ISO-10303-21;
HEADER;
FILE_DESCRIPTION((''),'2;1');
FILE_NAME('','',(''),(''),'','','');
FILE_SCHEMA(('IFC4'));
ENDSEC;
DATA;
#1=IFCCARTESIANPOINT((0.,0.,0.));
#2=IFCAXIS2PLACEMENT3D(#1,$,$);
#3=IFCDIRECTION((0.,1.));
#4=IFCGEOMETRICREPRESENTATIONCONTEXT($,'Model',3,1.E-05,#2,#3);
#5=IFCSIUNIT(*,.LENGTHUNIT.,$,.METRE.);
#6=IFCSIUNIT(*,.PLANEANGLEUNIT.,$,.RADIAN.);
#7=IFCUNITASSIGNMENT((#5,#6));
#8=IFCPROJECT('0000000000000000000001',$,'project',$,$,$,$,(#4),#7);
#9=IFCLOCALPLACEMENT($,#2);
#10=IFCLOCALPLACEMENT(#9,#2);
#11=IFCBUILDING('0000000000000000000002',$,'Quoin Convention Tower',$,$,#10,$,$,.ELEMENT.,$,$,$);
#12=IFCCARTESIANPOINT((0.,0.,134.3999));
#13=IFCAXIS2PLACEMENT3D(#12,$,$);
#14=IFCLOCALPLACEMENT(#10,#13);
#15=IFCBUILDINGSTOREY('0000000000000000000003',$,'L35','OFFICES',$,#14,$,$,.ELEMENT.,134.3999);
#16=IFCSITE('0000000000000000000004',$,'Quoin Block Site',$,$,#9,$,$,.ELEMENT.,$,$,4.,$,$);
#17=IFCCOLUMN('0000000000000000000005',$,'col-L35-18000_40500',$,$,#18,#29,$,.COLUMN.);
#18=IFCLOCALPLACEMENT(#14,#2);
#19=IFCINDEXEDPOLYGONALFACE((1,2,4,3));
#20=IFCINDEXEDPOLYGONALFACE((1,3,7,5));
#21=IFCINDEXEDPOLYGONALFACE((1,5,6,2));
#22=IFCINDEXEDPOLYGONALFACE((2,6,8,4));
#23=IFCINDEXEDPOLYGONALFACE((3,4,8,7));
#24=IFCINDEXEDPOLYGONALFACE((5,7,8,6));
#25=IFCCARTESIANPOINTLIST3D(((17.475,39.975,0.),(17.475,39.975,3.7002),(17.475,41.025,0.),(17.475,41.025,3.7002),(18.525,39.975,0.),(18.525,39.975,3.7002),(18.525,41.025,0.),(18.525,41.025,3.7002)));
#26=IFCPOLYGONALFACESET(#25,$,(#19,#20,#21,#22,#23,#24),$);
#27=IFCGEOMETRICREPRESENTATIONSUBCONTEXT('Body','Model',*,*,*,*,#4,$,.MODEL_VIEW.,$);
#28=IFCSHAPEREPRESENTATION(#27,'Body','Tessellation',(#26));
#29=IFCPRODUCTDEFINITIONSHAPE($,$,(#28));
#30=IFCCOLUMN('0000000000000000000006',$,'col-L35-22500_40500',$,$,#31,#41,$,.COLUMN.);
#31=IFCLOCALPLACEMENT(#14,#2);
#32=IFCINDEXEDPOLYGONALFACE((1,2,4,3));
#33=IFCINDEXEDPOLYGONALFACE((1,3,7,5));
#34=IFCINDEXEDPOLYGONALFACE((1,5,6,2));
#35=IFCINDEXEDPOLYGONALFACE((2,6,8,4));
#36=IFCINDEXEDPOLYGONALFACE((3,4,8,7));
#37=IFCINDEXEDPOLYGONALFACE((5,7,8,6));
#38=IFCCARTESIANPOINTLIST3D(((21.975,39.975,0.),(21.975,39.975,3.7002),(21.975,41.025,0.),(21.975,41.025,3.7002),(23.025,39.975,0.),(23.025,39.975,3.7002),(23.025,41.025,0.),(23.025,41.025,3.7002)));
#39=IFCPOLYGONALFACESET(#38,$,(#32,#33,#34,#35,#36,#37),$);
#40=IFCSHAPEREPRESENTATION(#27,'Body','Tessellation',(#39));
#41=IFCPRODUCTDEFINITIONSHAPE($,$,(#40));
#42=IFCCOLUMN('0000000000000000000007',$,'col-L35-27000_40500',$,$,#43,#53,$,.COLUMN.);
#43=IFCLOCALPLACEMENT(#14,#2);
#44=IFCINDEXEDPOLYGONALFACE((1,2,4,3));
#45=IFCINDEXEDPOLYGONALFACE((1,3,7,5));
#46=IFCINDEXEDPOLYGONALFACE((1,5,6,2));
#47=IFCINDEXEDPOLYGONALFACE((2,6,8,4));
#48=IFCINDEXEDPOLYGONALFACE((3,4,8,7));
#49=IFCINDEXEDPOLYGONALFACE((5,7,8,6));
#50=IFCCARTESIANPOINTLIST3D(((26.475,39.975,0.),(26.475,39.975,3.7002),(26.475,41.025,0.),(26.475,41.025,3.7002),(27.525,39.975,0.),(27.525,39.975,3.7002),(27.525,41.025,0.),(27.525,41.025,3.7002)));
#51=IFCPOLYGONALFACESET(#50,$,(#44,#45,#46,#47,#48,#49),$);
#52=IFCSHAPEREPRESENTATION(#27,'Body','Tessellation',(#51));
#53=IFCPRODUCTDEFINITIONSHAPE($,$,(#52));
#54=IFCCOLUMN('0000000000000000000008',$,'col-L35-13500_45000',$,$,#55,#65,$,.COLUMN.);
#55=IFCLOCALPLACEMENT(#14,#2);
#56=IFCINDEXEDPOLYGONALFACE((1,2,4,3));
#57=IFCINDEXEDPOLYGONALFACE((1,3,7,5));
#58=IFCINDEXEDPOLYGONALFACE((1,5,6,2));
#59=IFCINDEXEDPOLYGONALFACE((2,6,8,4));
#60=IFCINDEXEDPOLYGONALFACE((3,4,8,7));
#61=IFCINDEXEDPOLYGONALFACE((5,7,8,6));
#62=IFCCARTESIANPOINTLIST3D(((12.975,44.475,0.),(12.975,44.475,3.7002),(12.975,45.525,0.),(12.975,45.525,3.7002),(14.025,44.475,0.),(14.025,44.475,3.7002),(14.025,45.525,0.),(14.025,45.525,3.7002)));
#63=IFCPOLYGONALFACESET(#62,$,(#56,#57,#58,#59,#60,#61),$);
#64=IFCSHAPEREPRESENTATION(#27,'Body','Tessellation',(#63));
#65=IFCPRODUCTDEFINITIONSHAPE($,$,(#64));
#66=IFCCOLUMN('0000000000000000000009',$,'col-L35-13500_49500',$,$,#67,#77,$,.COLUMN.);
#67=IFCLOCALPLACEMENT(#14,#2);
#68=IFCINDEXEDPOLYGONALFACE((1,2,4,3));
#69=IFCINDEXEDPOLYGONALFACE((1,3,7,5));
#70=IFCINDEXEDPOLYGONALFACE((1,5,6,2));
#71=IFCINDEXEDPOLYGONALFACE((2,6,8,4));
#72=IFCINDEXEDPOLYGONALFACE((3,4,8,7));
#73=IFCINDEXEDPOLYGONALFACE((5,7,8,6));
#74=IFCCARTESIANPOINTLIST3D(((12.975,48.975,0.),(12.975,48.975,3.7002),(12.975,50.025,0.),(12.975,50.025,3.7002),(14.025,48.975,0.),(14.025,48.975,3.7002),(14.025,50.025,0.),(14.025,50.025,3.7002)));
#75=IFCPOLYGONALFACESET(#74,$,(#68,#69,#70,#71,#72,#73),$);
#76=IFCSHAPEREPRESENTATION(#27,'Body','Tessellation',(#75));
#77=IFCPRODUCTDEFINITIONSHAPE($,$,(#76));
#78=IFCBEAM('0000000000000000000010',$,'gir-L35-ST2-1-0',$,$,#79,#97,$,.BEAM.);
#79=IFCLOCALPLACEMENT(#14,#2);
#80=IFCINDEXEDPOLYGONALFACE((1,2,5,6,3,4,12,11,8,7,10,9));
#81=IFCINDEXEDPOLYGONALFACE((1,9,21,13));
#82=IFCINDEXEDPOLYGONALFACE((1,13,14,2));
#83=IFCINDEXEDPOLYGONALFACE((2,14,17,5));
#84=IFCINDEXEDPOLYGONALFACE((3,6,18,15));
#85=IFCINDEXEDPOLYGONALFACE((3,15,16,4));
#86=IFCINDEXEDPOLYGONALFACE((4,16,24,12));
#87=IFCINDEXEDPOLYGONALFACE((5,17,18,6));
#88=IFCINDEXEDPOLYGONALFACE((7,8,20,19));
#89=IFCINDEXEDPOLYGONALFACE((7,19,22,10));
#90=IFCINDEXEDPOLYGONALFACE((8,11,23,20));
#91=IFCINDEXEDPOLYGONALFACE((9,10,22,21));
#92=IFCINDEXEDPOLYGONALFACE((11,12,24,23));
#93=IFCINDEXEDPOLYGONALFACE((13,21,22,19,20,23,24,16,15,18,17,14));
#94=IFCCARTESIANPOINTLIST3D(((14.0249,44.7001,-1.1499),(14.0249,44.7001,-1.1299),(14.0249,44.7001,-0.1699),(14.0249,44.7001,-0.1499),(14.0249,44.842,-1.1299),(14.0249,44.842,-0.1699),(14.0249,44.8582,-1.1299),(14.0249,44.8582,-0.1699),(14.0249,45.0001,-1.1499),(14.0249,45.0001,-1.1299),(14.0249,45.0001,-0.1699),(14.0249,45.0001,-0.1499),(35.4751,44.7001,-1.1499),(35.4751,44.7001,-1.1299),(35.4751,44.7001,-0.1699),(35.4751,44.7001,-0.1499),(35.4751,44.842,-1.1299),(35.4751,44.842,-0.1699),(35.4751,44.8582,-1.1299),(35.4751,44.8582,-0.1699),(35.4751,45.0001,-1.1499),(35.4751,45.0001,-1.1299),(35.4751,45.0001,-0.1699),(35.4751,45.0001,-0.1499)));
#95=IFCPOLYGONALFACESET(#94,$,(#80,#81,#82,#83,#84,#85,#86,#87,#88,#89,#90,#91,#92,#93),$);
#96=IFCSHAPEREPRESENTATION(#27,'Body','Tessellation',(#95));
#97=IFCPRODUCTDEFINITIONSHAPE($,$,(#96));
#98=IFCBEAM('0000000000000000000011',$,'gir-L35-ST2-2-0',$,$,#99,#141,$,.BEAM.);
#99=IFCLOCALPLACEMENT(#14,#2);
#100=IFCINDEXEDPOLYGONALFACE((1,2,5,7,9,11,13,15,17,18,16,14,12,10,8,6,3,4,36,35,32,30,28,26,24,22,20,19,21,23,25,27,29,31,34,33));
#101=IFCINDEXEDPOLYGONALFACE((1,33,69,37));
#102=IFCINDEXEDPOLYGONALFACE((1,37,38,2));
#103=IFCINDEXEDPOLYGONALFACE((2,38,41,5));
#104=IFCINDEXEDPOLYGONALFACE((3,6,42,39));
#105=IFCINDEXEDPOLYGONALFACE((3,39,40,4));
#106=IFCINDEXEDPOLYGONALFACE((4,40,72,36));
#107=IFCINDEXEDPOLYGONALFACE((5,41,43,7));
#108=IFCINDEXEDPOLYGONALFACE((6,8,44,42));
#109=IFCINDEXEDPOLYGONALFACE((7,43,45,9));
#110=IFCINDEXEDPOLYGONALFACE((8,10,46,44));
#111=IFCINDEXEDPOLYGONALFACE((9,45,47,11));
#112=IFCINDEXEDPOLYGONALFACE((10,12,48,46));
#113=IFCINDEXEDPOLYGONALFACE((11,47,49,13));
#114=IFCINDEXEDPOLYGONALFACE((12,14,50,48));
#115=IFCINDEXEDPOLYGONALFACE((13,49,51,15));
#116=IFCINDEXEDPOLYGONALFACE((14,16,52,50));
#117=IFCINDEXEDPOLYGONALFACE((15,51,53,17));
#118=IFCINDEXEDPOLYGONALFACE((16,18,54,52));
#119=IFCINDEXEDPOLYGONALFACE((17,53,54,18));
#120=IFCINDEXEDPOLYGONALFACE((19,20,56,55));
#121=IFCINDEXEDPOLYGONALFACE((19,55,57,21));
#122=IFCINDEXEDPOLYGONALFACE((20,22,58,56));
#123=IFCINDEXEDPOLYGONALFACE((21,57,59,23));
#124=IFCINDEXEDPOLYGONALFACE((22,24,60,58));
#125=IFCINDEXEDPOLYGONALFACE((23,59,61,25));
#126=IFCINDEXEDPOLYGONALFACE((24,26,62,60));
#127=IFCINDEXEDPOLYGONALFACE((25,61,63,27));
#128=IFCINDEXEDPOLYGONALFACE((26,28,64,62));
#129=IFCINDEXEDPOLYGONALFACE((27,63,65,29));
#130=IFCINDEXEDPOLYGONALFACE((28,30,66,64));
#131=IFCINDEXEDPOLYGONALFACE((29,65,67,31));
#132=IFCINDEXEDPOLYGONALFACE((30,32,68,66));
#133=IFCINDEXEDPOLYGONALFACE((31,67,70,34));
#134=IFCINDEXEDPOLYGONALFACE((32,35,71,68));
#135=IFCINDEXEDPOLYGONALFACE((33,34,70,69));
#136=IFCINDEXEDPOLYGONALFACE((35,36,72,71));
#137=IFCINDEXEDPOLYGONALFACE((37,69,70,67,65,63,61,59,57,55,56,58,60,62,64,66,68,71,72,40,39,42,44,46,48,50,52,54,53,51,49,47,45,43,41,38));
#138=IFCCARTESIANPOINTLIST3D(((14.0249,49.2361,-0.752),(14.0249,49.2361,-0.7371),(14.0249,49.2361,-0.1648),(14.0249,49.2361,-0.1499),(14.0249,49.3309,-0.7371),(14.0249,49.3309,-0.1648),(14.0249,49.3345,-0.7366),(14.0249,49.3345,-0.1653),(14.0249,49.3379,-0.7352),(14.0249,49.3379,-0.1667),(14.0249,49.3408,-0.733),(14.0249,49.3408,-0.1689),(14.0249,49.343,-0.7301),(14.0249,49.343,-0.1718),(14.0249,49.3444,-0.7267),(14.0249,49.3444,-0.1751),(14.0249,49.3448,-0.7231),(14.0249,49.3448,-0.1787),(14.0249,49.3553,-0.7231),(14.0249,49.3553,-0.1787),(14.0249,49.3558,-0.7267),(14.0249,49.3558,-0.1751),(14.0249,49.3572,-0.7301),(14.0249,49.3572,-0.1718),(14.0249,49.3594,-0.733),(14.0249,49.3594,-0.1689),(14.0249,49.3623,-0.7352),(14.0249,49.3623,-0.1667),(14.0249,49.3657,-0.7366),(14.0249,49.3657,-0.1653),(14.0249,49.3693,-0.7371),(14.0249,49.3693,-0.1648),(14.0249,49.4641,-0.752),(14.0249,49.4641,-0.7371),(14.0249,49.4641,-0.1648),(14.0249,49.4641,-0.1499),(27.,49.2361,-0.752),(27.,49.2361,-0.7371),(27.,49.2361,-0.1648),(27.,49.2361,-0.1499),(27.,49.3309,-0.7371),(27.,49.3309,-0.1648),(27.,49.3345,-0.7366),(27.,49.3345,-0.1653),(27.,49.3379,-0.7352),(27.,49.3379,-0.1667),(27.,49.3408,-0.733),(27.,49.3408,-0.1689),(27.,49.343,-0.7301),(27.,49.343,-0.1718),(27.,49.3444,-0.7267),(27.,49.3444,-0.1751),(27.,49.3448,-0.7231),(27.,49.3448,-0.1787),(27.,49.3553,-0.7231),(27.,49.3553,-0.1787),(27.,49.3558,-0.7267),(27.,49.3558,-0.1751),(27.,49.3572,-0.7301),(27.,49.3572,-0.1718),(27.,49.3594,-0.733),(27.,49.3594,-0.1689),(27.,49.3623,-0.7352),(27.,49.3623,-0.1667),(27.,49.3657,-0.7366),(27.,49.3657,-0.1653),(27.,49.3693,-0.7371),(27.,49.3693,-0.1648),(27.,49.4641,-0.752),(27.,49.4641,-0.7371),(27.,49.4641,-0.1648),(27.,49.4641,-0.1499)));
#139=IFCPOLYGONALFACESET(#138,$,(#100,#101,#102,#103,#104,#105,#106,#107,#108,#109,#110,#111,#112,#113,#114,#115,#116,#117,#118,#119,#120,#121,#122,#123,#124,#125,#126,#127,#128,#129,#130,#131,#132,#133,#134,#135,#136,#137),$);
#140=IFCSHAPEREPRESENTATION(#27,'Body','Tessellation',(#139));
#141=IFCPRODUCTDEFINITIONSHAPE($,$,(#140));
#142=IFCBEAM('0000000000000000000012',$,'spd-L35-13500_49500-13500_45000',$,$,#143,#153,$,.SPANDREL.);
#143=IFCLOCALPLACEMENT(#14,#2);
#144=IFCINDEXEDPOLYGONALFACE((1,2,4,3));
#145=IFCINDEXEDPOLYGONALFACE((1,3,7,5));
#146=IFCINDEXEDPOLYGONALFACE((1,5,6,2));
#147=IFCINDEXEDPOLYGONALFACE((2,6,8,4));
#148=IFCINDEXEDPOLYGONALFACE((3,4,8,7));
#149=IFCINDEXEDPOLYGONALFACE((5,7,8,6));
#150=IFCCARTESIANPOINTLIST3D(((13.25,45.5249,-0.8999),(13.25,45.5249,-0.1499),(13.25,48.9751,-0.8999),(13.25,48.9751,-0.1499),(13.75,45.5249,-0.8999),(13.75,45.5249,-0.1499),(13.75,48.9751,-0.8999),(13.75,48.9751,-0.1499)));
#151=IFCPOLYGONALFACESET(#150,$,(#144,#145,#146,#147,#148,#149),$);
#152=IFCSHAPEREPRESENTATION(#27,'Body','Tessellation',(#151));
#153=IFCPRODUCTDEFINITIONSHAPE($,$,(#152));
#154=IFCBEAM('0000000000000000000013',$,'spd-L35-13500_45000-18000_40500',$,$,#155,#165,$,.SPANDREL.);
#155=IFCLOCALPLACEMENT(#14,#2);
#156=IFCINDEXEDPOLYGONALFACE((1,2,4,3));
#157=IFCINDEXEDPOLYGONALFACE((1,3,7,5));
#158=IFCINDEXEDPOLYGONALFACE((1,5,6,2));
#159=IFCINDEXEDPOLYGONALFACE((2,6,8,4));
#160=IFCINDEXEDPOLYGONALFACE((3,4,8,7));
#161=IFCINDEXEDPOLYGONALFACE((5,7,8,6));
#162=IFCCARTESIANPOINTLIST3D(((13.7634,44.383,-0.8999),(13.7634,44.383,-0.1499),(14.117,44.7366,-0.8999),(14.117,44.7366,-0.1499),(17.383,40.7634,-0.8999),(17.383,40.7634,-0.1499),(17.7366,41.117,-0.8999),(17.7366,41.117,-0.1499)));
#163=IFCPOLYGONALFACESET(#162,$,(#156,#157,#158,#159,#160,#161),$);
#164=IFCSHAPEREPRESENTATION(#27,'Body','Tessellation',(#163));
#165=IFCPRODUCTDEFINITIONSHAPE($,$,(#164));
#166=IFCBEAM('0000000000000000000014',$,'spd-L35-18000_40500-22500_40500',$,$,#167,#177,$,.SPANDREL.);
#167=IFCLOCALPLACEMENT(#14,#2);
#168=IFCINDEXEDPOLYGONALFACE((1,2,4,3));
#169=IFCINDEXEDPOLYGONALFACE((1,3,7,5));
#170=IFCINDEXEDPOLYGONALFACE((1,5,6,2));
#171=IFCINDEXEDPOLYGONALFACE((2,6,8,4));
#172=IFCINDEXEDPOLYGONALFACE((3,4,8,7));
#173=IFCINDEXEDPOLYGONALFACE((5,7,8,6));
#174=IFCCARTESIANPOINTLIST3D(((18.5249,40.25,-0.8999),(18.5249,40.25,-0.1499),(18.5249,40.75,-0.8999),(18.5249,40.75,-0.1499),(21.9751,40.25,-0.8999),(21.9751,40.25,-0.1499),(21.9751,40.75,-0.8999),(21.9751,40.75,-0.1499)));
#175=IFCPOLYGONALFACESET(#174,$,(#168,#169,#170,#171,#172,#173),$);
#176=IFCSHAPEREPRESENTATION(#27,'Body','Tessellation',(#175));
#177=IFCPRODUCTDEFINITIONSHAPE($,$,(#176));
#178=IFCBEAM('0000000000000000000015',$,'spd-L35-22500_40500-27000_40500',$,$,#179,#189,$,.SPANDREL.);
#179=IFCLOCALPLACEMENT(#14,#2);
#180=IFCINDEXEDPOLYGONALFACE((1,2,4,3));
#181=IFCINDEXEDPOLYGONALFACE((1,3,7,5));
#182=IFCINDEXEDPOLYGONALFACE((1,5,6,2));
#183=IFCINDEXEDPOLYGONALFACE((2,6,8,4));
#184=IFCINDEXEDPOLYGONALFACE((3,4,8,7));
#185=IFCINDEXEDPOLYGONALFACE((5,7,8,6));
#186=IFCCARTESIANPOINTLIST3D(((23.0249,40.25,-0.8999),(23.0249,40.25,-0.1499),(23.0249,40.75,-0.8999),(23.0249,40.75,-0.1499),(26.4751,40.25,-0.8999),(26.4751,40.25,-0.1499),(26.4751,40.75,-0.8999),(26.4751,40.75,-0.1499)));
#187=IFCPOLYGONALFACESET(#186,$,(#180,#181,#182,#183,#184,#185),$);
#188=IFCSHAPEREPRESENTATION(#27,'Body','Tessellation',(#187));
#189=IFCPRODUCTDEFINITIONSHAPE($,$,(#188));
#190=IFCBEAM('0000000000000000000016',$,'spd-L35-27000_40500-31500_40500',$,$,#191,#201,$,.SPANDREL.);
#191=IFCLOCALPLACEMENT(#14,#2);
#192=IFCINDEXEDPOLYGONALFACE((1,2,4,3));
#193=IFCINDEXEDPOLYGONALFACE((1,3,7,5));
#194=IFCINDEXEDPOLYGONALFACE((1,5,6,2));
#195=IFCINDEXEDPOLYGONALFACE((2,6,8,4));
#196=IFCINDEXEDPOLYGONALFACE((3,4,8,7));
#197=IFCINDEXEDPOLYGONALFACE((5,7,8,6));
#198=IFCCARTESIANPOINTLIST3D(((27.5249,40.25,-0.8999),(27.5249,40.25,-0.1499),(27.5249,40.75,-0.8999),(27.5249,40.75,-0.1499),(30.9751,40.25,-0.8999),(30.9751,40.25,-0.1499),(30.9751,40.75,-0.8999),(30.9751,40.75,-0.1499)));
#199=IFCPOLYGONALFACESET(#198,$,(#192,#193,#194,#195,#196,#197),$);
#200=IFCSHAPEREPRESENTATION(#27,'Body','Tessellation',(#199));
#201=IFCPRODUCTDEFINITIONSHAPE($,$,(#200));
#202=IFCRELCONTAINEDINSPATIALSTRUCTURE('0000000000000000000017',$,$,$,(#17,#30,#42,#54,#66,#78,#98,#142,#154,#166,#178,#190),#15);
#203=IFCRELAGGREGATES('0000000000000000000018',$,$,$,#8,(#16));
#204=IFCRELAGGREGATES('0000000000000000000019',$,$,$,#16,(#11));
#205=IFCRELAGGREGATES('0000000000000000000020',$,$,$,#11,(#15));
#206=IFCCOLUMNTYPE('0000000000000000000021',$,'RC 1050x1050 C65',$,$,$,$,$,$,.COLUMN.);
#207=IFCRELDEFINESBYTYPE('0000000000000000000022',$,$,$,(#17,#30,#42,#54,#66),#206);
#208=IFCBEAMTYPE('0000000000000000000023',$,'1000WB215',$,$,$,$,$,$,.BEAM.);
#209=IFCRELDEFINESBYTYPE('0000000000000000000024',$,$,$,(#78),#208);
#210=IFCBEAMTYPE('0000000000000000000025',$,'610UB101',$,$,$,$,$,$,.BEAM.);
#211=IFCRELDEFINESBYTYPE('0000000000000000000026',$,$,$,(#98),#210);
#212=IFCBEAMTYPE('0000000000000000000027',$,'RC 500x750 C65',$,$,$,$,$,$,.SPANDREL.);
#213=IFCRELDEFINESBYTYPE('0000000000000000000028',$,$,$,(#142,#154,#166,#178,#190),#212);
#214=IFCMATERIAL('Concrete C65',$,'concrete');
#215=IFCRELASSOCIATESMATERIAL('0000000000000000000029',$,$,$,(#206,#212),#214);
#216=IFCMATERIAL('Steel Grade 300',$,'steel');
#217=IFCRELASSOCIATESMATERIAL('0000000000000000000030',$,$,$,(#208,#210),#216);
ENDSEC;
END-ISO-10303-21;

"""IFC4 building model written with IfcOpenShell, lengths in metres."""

from ifc_helpers import new_model, si_unit, direction, frame, origin, origin_2d, place, context, subcontext, project, spatial, rectangle, i_section, extrude, material, material_profile, profile_set, type_object, element, save


model = new_model("IFC4")

# Units and contexts
model_context = context("Model", 3, precision=1e-05, world=origin(), true_north=direction((0.0, 1.0)))
body_context = subcontext(model_context, "Body", "Model", "MODEL_VIEW")
ifc_project = project(units=[si_unit("LENGTHUNIT", "METRE"), si_unit("PLANEANGLEUNIT", "RADIAN")], contexts=[model_context])

# Site, building, storey
site_placement = place(None, origin())
site = spatial("IfcSite", under=ifc_project, at=site_placement, Name="Quoin Block Site", CompositionType="ELEMENT", RefElevation=4.0)
building_placement = place(site_placement, origin())
building = spatial("IfcBuilding", under=site, at=building_placement, Name="Quoin Convention Tower", CompositionType="ELEMENT")
storey_placement = place(building_placement, frame((0.0, 0.0, 134.3999)))
storey = spatial("IfcBuildingStorey", under=building, at=storey_placement, Name="L35", Description="OFFICES", CompositionType="ELEMENT", Elevation=134.3999)

# Columns
ifc_material_1 = material(Name="Concrete C65", Category="concrete")
ifc_material_profile_1 = material_profile(ifc_material_1, rectangle(XDim=1.05, YDim=1.05, at=origin_2d()), Name="RC 1050x1050")
ifc_profile_set_1 = profile_set([ifc_material_profile_1], Name="Concrete C65")
column_type = type_object("IfcColumnType", Name="RC 1050x1050 C65", PredefinedType="COLUMN", material=ifc_profile_set_1)
for number, where, z_axis, x_axis, name in (
    (1, (18.0, 40.5, 0.0), (0.0, 0.0, 1.0), (1.0, 0.0, 0.0), "col-L35-18000_40500"),
    (2, (22.5, 40.5, 0.0), (0.0, 0.0, 1.0), (1.0, 0.0, 0.0), "col-L35-22500_40500"),
    (3, (27.0, 40.5, 0.0), (0.0, 0.0, 1.0), (1.0, 0.0, 0.0), "col-L35-27000_40500"),
    (4, (13.5, 45.0, 0.0), (0.0, 0.0, 1.0), (1.0, 0.0, 0.0), "col-L35-13500_45000"),
    (5, (13.5, 49.5, 0.0), (0.0, 0.0, 1.0), (1.0, 0.0, 0.0), "col-L35-13500_49500"),
):
    element("IfcColumn", number, at=place(storey_placement, frame(where, z_axis=z_axis, x_axis=x_axis)), inside=storey, type_object=column_type, Name=name, PredefinedType="COLUMN", context=body_context, shape_type="SweptSolid", body=[
        extrude(rectangle(XDim=1.05, YDim=1.05, at=origin_2d()), origin(), (0.0, 0.0, 1.0), 3.7002),
    ])

# Beams
ifc_material_2 = material(Name="Steel Grade 300", Category="steel")
ifc_material_profile_2 = material_profile(ifc_material_2, i_section(OverallWidth=0.3, OverallDepth=1.0, WebThickness=0.0161, FlangeThickness=0.02, at=origin_2d()), Name="1000WB215")
ifc_profile_set_2 = profile_set([ifc_material_profile_2], Name="Steel Grade 300")
beam_type_1 = type_object("IfcBeamType", Name="1000WB215", PredefinedType="BEAM", material=ifc_profile_set_2)
beam_1_placement = place(storey_placement, frame((14.0249, 44.8501, -0.6499), z_axis=(1.0, 0.0, 0.0), x_axis=(0.0, 1.0, 0.0)))
element("IfcBeam", 6, at=beam_1_placement, inside=storey, type_object=beam_type_1, Name="gir-L35-ST2-1-0", PredefinedType="BEAM", context=body_context, shape_type="SweptSolid", body=[
    extrude(i_section(OverallWidth=0.3, OverallDepth=1.0, WebThickness=0.0161, FlangeThickness=0.02, at=origin_2d()), origin(), (0.0, 0.0, 1.0), 21.4502),
])
ifc_material_profile_3 = material_profile(ifc_material_2, i_section(OverallWidth=0.228, OverallDepth=0.6021, WebThickness=0.0105, FlangeThickness=0.0149, FilletRadius=0.0139, at=origin_2d()), Name="610UB101")
ifc_profile_set_3 = profile_set([ifc_material_profile_3], Name="Steel Grade 300")
beam_type_2 = type_object("IfcBeamType", Name="610UB101", PredefinedType="BEAM", material=ifc_profile_set_3)
beam_2_placement = place(storey_placement, frame((14.0249, 49.3501, -0.4509), z_axis=(1.0, 0.0, 0.0), x_axis=(0.0, 1.0, 0.0)))
element("IfcBeam", 7, at=beam_2_placement, inside=storey, type_object=beam_type_2, Name="gir-L35-ST2-2-0", PredefinedType="BEAM", context=body_context, shape_type="SweptSolid", body=[
    extrude(i_section(OverallWidth=0.228, OverallDepth=0.6021, WebThickness=0.0105, FlangeThickness=0.0149, FilletRadius=0.0139, at=origin_2d()), origin(), (0.0, 0.0, 1.0), 12.9751),
])
ifc_material_profile_4 = material_profile(ifc_material_1, rectangle(XDim=0.5, YDim=0.75, at=origin_2d()), Name="RC 500x750")
ifc_profile_set_4 = profile_set([ifc_material_profile_4], Name="Concrete C65")
beam_type_3 = type_object("IfcBeamType", Name="RC 500x750 C65", PredefinedType="SPANDREL", material=ifc_profile_set_4)
beam_3_placement = place(storey_placement, frame((13.5, 48.9751, -0.5249), z_axis=(0.0, -1.0, 0.0), x_axis=(1.0, 0.0, 0.0)))
element("IfcBeam", 8, at=beam_3_placement, inside=storey, type_object=beam_type_3, Name="spd-L35-13500_49500-13500_45000", PredefinedType="SPANDREL", context=body_context, shape_type="SweptSolid", body=[
    extrude(rectangle(XDim=0.5, YDim=0.75, at=origin_2d()), origin(), (0.0, 0.0, 1.0), 3.4502),
])
beam_4_placement = place(storey_placement, frame((13.9402, 44.5598, -0.5249), z_axis=(0.707107, -0.707107, 0.0), x_axis=(0.707107, 0.707107, 0.0)))
element("IfcBeam", 9, at=beam_4_placement, inside=storey, type_object=beam_type_3, Name="spd-L35-13500_45000-18000_40500", PredefinedType="SPANDREL", context=body_context, shape_type="SweptSolid", body=[
    extrude(rectangle(XDim=0.5, YDim=0.75, at=origin_2d()), origin(), (0.0, 0.0, 1.0), 5.1189),
])
for number, where, z_axis, x_axis, name in (
    (10, (18.5249, 40.5, -0.5249), (1.0, 0.0, 0.0), (0.0, 1.0, 0.0), "spd-L35-18000_40500-22500_40500"),
    (11, (23.0249, 40.5, -0.5249), (1.0, 0.0, 0.0), (0.0, 1.0, 0.0), "spd-L35-22500_40500-27000_40500"),
    (12, (27.5249, 40.5, -0.5249), (1.0, 0.0, 0.0), (0.0, 1.0, 0.0), "spd-L35-27000_40500-31500_40500"),
):
    element("IfcBeam", number, at=place(storey_placement, frame(where, z_axis=z_axis, x_axis=x_axis)), inside=storey, type_object=beam_type_3, Name=name, PredefinedType="SPANDREL", context=body_context, shape_type="SweptSolid", body=[
        extrude(rectangle(XDim=0.5, YDim=0.75, at=origin_2d()), origin(), (0.0, 0.0, 1.0), 3.4502),
    ])

save(model, "model.ifc")
